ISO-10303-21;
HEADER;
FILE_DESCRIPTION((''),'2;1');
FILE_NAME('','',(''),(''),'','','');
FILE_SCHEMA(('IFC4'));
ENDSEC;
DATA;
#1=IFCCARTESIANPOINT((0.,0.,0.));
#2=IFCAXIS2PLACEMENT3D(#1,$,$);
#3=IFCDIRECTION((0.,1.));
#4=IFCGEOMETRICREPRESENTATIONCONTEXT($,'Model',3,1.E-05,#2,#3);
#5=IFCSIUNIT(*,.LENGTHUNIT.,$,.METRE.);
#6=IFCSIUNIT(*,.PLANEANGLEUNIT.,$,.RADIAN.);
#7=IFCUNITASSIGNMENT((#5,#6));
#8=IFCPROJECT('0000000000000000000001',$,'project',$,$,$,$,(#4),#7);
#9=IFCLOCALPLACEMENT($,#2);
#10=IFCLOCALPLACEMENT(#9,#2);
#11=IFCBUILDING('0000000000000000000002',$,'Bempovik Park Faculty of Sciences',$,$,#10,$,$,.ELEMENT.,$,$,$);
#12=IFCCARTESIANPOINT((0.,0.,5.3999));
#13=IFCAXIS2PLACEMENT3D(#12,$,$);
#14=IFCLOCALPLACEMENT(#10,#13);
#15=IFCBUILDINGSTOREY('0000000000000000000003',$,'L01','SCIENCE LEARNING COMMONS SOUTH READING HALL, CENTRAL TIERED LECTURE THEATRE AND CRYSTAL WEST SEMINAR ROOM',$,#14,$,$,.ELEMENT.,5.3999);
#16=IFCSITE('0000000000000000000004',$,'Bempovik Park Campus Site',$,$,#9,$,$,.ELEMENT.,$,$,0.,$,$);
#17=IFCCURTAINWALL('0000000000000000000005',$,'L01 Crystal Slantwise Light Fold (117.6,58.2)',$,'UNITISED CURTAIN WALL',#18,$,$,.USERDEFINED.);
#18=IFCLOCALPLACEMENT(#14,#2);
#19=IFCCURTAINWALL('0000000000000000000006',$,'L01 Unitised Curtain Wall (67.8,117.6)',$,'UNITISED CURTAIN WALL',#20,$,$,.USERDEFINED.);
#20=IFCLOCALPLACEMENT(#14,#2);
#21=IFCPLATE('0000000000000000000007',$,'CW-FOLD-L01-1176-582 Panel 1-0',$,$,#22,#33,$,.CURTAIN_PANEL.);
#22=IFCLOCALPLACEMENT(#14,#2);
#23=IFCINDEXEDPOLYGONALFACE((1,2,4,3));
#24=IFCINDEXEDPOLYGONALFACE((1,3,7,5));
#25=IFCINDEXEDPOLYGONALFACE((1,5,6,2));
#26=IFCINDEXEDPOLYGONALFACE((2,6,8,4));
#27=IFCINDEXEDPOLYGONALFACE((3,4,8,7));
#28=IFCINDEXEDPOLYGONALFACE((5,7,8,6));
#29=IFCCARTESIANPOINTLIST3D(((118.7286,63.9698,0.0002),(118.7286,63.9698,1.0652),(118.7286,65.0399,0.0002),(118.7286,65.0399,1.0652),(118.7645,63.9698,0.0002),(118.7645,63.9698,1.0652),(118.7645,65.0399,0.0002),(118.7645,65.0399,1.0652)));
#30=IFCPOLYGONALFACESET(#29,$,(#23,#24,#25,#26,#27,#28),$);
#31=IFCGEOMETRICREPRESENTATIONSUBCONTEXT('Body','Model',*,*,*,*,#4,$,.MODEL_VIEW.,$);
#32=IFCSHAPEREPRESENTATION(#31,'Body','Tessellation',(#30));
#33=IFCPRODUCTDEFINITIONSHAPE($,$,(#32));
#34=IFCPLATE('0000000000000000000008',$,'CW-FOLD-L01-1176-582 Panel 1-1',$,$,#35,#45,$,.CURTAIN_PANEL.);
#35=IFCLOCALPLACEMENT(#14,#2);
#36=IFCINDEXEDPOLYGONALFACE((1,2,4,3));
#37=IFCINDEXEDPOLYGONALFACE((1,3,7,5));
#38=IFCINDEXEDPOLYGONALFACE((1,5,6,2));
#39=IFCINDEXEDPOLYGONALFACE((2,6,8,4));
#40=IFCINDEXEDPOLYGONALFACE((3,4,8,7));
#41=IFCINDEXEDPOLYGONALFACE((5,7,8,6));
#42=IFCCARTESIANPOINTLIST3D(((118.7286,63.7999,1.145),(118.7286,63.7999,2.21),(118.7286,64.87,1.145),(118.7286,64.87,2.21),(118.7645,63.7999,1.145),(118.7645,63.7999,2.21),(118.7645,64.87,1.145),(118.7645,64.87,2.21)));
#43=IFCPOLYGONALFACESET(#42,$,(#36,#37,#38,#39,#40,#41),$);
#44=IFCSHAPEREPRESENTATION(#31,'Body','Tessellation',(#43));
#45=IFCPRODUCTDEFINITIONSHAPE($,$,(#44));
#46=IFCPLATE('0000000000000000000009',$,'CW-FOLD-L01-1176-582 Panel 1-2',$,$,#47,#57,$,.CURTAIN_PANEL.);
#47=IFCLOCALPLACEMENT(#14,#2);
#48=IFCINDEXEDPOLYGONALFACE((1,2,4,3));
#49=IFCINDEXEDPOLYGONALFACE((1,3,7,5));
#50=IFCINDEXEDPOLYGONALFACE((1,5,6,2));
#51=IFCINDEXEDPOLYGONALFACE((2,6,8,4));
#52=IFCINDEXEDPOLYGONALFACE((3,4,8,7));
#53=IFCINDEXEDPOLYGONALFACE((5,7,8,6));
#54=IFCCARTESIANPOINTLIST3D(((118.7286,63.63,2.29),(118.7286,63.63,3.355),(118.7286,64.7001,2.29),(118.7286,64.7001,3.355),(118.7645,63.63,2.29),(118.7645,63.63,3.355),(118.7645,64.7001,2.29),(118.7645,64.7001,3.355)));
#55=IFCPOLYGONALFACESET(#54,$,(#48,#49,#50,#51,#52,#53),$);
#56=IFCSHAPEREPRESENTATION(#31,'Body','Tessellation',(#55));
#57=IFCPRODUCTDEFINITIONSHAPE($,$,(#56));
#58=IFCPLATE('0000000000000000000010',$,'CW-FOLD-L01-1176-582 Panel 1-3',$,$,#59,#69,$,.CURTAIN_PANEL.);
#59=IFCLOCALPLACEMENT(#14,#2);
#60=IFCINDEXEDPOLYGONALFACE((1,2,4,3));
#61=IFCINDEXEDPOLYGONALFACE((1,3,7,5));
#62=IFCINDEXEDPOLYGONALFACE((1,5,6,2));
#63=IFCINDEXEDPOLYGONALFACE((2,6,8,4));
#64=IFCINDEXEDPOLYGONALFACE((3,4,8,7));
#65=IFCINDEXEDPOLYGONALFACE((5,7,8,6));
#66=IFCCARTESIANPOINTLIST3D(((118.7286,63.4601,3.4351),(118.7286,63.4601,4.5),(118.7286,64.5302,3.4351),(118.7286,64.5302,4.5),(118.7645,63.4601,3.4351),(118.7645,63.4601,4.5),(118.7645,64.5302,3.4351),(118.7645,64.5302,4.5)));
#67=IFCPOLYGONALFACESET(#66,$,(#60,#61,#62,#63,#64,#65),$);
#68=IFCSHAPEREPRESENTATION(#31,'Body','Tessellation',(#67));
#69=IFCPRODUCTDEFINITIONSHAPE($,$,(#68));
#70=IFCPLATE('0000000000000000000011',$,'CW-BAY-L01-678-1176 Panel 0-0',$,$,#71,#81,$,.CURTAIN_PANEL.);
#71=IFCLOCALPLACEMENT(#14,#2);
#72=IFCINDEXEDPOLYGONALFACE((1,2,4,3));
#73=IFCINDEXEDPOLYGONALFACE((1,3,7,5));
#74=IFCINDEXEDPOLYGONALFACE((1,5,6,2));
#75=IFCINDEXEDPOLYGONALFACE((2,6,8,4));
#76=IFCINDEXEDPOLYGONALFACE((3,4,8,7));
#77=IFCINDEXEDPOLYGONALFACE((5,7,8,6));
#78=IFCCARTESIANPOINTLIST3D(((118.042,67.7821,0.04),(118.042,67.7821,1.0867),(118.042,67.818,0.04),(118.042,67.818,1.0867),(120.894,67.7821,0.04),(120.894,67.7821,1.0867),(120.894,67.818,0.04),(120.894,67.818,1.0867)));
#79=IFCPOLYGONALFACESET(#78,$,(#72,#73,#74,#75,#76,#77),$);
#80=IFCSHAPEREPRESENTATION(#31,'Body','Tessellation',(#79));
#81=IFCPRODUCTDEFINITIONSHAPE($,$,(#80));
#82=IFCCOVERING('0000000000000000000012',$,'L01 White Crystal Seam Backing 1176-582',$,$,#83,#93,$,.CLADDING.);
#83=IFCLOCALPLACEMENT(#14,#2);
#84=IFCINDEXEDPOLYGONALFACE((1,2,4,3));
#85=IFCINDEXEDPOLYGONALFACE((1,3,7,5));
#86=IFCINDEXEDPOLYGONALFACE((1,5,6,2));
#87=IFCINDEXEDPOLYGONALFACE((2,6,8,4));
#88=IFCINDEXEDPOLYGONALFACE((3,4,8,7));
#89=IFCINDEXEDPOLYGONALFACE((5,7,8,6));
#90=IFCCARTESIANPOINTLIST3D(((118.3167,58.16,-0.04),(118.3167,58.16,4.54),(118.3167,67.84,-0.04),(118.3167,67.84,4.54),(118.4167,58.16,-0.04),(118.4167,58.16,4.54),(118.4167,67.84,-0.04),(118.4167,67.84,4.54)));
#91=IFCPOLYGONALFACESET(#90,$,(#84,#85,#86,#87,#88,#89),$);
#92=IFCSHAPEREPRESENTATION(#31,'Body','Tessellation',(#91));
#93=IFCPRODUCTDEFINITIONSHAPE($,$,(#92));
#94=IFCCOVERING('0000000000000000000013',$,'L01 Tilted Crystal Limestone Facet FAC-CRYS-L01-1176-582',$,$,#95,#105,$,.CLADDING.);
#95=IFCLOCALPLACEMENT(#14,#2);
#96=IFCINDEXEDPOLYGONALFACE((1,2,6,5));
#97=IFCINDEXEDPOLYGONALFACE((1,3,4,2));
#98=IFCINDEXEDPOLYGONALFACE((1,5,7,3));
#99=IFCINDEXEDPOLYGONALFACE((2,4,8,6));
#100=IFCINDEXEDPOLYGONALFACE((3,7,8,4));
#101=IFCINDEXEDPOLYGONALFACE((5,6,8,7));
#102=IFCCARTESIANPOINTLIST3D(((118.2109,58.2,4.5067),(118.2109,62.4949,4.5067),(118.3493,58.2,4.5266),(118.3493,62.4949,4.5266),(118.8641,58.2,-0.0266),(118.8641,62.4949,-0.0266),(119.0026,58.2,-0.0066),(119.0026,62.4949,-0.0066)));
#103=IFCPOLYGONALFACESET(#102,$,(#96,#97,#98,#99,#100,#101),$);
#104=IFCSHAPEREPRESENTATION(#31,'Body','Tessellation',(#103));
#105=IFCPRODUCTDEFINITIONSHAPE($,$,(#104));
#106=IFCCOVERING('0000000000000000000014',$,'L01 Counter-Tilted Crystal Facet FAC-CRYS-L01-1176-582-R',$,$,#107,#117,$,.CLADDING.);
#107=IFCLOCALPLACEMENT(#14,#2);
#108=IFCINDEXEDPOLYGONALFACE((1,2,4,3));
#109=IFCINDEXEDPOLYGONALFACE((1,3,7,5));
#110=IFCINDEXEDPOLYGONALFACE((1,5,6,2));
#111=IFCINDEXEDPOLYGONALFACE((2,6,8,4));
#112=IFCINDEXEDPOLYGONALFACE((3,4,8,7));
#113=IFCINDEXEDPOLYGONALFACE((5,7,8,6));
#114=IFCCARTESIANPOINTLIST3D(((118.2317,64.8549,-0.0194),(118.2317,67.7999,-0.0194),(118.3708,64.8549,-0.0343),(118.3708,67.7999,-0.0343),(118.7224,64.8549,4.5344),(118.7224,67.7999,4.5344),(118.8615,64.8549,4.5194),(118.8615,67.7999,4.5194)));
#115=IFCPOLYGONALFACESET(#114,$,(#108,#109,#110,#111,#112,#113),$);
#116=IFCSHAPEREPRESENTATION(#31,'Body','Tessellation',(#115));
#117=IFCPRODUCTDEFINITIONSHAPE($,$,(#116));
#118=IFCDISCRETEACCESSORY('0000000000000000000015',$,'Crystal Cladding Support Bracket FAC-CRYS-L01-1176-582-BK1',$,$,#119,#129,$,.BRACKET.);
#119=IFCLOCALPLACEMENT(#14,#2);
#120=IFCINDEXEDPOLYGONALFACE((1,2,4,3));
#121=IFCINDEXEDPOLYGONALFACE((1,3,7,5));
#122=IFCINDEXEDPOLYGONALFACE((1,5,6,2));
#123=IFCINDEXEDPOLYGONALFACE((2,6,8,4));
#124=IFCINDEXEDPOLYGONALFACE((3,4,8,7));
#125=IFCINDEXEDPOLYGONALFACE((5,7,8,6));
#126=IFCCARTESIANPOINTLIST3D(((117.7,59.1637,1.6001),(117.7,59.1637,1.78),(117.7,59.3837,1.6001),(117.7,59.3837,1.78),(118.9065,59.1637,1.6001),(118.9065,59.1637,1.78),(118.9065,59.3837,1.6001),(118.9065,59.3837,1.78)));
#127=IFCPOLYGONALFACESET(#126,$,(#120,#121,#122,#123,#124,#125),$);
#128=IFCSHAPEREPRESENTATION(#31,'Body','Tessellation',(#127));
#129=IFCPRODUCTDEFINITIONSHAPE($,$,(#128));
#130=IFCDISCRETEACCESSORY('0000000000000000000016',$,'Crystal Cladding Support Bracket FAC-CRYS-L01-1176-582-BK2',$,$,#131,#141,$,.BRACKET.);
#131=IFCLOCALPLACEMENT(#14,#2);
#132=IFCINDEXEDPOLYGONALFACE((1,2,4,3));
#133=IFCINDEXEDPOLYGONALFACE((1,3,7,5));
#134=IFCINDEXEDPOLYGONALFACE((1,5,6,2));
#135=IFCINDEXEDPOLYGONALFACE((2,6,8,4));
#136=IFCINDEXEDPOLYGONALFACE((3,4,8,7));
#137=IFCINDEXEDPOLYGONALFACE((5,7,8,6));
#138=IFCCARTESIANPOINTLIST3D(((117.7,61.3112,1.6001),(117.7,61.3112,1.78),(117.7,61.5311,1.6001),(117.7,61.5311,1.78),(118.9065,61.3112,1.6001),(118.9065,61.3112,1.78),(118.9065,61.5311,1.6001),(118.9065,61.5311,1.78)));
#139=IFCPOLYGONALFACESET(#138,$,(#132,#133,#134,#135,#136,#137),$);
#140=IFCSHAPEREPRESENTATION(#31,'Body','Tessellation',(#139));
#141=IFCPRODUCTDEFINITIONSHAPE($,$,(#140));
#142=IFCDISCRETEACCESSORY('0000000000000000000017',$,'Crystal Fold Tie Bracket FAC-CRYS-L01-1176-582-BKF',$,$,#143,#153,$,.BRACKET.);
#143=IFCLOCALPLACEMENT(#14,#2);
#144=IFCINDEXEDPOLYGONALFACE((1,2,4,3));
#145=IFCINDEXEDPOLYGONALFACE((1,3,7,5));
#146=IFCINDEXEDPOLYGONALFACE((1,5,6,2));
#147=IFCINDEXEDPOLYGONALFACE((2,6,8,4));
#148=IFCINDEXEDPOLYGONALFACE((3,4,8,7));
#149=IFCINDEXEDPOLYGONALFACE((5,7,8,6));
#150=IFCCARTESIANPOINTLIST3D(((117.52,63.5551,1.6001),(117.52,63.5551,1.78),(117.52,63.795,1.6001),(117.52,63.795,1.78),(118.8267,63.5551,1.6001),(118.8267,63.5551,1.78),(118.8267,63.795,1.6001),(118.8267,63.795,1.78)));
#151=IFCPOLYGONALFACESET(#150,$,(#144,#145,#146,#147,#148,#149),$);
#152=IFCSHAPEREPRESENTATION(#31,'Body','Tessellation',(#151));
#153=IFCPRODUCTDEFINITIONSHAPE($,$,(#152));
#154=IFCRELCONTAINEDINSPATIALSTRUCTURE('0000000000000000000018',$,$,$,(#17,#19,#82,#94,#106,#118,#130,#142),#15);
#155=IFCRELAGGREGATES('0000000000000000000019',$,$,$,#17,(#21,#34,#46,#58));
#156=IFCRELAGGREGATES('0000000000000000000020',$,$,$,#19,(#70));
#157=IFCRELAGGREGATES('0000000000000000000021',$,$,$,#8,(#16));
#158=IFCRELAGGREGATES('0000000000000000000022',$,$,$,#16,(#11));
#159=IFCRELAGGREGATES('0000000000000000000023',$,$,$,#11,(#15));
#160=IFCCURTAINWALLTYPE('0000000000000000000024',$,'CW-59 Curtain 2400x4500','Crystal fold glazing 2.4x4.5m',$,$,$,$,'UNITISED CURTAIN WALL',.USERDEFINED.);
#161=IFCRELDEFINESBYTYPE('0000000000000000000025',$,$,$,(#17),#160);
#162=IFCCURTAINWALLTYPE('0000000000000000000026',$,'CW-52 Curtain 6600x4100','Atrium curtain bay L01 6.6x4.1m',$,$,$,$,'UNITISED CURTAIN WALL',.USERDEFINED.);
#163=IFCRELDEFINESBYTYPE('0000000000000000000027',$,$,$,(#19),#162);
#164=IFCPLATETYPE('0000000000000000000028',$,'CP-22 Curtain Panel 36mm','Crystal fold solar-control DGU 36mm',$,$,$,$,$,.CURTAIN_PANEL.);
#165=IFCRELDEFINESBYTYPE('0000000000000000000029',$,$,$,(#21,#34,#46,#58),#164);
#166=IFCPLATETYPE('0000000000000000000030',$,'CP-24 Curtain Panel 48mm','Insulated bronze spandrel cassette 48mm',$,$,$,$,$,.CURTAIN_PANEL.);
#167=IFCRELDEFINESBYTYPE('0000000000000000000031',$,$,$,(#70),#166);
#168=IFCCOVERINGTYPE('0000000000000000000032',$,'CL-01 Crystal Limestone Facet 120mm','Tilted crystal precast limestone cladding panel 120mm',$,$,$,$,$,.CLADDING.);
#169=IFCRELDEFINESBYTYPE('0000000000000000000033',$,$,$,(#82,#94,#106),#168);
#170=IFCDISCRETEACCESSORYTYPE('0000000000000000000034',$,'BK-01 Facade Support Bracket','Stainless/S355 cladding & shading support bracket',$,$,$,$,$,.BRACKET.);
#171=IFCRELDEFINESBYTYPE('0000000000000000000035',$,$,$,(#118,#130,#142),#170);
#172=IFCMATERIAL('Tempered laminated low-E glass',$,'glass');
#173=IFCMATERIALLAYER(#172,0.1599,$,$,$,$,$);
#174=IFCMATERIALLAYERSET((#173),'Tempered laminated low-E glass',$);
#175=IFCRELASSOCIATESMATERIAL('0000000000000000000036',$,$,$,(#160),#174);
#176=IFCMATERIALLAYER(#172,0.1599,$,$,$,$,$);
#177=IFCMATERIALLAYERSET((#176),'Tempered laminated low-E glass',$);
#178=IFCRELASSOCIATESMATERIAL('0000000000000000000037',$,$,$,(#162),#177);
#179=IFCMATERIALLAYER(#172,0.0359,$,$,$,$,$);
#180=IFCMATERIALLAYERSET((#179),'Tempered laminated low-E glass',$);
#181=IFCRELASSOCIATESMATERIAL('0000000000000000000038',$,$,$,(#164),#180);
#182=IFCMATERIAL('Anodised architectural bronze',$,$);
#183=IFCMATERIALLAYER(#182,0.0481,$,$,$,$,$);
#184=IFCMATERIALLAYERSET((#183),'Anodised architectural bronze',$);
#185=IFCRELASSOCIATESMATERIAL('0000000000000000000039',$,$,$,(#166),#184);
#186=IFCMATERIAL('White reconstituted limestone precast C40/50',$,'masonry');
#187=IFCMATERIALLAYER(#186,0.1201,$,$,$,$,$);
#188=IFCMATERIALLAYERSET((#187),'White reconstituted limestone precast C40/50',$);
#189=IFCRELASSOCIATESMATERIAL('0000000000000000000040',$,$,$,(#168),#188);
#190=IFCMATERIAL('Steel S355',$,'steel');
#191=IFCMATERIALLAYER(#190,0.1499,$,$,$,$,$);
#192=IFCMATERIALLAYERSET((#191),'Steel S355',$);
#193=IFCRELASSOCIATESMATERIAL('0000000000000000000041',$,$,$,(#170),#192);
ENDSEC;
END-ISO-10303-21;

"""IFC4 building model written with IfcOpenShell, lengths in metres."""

from ifc_helpers import new_model, si_unit, direction, frame, origin, origin_2d, place, context, subcontext, project, spatial, rectangle, extrude, material, layer, layer_set, type_object, element, aggregate, save


model = new_model("IFC4")

# Units and contexts
model_context = context("Model", 3, precision=1e-05, world=origin(), true_north=direction((0.0, 1.0)))
body_context = subcontext(model_context, "Body", "Model", "MODEL_VIEW")
ifc_project = project(units=[si_unit("LENGTHUNIT", "METRE"), si_unit("PLANEANGLEUNIT", "RADIAN")], contexts=[model_context])

# Site, building, storey
site_placement = place(None, origin())
site = spatial("IfcSite", under=ifc_project, at=site_placement, Name="Bempovik Park Campus Site", CompositionType="ELEMENT", RefElevation=0.0)
building_placement = place(site_placement, origin())
building = spatial("IfcBuilding", under=site, at=building_placement, Name="Bempovik Park Faculty of Sciences", CompositionType="ELEMENT")
storey_placement = place(building_placement, frame((0.0, 0.0, 5.3999)))
storey = spatial("IfcBuildingStorey", under=building, at=storey_placement, Name="L01", Description="SCIENCE LEARNING COMMONS SOUTH READING HALL, CENTRAL TIERED LECTURE THEATRE AND CRYSTAL WEST SEMINAR ROOM", CompositionType="ELEMENT", Elevation=5.3999)

# Curtain wall
ifc_material_1 = material(Name="Tempered laminated low-E glass", Category="glass")
ifc_layer_1 = layer(ifc_material_1, 0.1599)
ifc_layer_set_1 = layer_set([ifc_layer_1], Name="Tempered laminated low-E glass")
curtain_wall_type_1 = type_object("IfcCurtainWallType", Name="CW-59 Curtain 2400x4500", Description="Crystal fold glazing 2.4x4.5m", ElementType="UNITISED CURTAIN WALL", PredefinedType="USERDEFINED", material=ifc_layer_set_1)
curtain_wall_1_placement = place(storey_placement, origin())
curtain_wall_1 = element("IfcCurtainWall", 1, at=curtain_wall_1_placement, inside=storey, type_object=curtain_wall_type_1, Name="L01 Crystal Slantwise Light Fold (117.6,58.2)", ObjectType="UNITISED CURTAIN WALL", PredefinedType="USERDEFINED")

# Curtain wall
ifc_layer_2 = layer(ifc_material_1, 0.1599)
ifc_layer_set_2 = layer_set([ifc_layer_2], Name="Tempered laminated low-E glass")
curtain_wall_type_2 = type_object("IfcCurtainWallType", Name="CW-52 Curtain 6600x4100", Description="Atrium curtain bay L01 6.6x4.1m", ElementType="UNITISED CURTAIN WALL", PredefinedType="USERDEFINED", material=ifc_layer_set_2)
curtain_wall_2_placement = place(storey_placement, origin())
curtain_wall_2 = element("IfcCurtainWall", 2, at=curtain_wall_2_placement, inside=storey, type_object=curtain_wall_type_2, Name="L01 Unitised Curtain Wall (67.8,117.6)", ObjectType="UNITISED CURTAIN WALL", PredefinedType="USERDEFINED")

# Plates
ifc_layer_3 = layer(ifc_material_1, 0.0359)
ifc_layer_set_3 = layer_set([ifc_layer_3], Name="Tempered laminated low-E glass")
plate_type_1 = type_object("IfcPlateType", Name="CP-22 Curtain Panel 36mm", Description="Crystal fold solar-control DGU 36mm", PredefinedType="CURTAIN_PANEL", material=ifc_layer_set_3)
plate_1_placement = place(storey_placement, frame((118.7466, 64.5049, 0.0002), z_axis=(0.0, 0.0, 1.0), x_axis=(0.0, 1.0, 0.0)))
plate_1 = element("IfcPlate", 3, at=plate_1_placement, type_object=plate_type_1, Name="CW-FOLD-L01-1176-582 Panel 1-0", PredefinedType="CURTAIN_PANEL", context=body_context, shape_type="SweptSolid", body=[
    extrude(rectangle(XDim=1.0701, YDim=0.0359, at=origin_2d()), origin(), (0.0, 0.0, 1.0), 1.0649),
])
plate_2_placement = place(storey_placement, frame((118.7466, 64.335, 1.145), z_axis=(0.0, 0.0, 1.0), x_axis=(0.0, 1.0, 0.0)))
plate_2 = element("IfcPlate", 4, at=plate_2_placement, type_object=plate_type_1, Name="CW-FOLD-L01-1176-582 Panel 1-1", PredefinedType="CURTAIN_PANEL", context=body_context, shape_type="SweptSolid", body=[
    extrude(rectangle(XDim=1.0701, YDim=0.0359, at=origin_2d()), origin(), (0.0, 0.0, 1.0), 1.0649),
])
plate_3_placement = place(storey_placement, frame((118.7466, 64.165, 2.29), z_axis=(0.0, 0.0, 1.0), x_axis=(0.0, 1.0, 0.0)))
plate_3 = element("IfcPlate", 5, at=plate_3_placement, type_object=plate_type_1, Name="CW-FOLD-L01-1176-582 Panel 1-2", PredefinedType="CURTAIN_PANEL", context=body_context, shape_type="SweptSolid", body=[
    extrude(rectangle(XDim=1.0701, YDim=0.0359, at=origin_2d()), origin(), (0.0, 0.0, 1.0), 1.0649),
])
plate_4_placement = place(storey_placement, frame((118.7466, 63.9951, 3.4351), z_axis=(0.0, 0.0, 1.0), x_axis=(0.0, 1.0, 0.0)))
plate_4 = element("IfcPlate", 6, at=plate_4_placement, type_object=plate_type_1, Name="CW-FOLD-L01-1176-582 Panel 1-3", PredefinedType="CURTAIN_PANEL", context=body_context, shape_type="SweptSolid", body=[
    extrude(rectangle(XDim=1.0701, YDim=0.0359, at=origin_2d()), origin(), (0.0, 0.0, 1.0), 1.0649),
])
aggregate(curtain_wall_1, [plate_1, plate_2, plate_3, plate_4])
ifc_material_2 = material(Name="Anodised architectural bronze")
ifc_layer_4 = layer(ifc_material_2, 0.0481)
ifc_layer_set_4 = layer_set([ifc_layer_4], Name="Anodised architectural bronze")
plate_type_2 = type_object("IfcPlateType", Name="CP-24 Curtain Panel 48mm", Description="Insulated bronze spandrel cassette 48mm", PredefinedType="CURTAIN_PANEL", material=ifc_layer_set_4)
plate_5_placement = place(storey_placement, frame((119.468, 67.8, 0.04), z_axis=(0.0, 0.0, 1.0), x_axis=(1.0, 0.0, 0.0)))
plate_5 = element("IfcPlate", 7, at=plate_5_placement, type_object=plate_type_2, Name="CW-BAY-L01-678-1176 Panel 0-0", PredefinedType="CURTAIN_PANEL", context=body_context, shape_type="SweptSolid", body=[
    extrude(rectangle(XDim=2.8521, YDim=0.0359, at=origin_2d()), origin(), (0.0, 0.0, 1.0), 1.0466),
])
aggregate(curtain_wall_2, [plate_5])

# Coverings
ifc_material_3 = material(Name="White reconstituted limestone precast C40/50", Category="masonry")
ifc_layer_5 = layer(ifc_material_3, 0.1201)
ifc_layer_set_5 = layer_set([ifc_layer_5], Name="White reconstituted limestone precast C40/50")
covering_type = type_object("IfcCoveringType", Name="CL-01 Crystal Limestone Facet 120mm", Description="Tilted crystal precast limestone cladding panel 120mm", PredefinedType="CLADDING", material=ifc_layer_set_5)
covering_1_placement = place(storey_placement, frame((118.3667, 63.0, -0.04), z_axis=(0.0, 0.0, 1.0), x_axis=(1.0, 0.0, 0.0)))
element("IfcCovering", 8, at=covering_1_placement, inside=storey, type_object=covering_type, Name="L01 White Crystal Seam Backing 1176-582", PredefinedType="CLADDING", context=body_context, shape_type="SweptSolid", body=[
    extrude(rectangle(XDim=0.1001, YDim=9.6799, at=origin_2d()), origin(), (0.0, 0.0, 1.0), 4.5801),
])
covering_2_placement = place(storey_placement, frame((118.9333, 60.3474, -0.0166), z_axis=(-0.142629, 0.0, 0.989776), x_axis=(0.0, 1.0, 0.0)))
element("IfcCovering", 9, at=covering_2_placement, inside=storey, type_object=covering_type, Name="L01 Tilted Crystal Limestone Facet FAC-CRYS-L01-1176-582", PredefinedType="CLADDING", context=body_context, shape_type="SweptSolid", body=[
    extrude(rectangle(XDim=4.2949, YDim=0.1399, at=origin_2d()), origin(), (0.0, 0.0, 1.0), 4.5801),
])
covering_3_placement = place(storey_placement, frame((118.3013, 66.3274, -0.0269), z_axis=(0.107132, 0.0, 0.994245), x_axis=(0.0, 1.0, 0.0)))
element("IfcCovering", 10, at=covering_3_placement, inside=storey, type_object=covering_type, Name="L01 Counter-Tilted Crystal Facet FAC-CRYS-L01-1176-582-R", PredefinedType="CLADDING", context=body_context, shape_type="SweptSolid", body=[
    extrude(rectangle(XDim=2.9451, YDim=0.1399, at=origin_2d()), origin(), (0.0, 0.0, 1.0), 4.5801),
])

# Discrete accessories
ifc_material_4 = material(Name="Steel S355", Category="steel")
ifc_layer_6 = layer(ifc_material_4, 0.1499)
ifc_layer_set_6 = layer_set([ifc_layer_6], Name="Steel S355")
discrete_accessory_type = type_object("IfcDiscreteAccessoryType", Name="BK-01 Facade Support Bracket", Description="Stainless/S355 cladding & shading support bracket", PredefinedType="BRACKET", material=ifc_layer_set_6)
for number, where, z_axis, x_axis, name in (
    (11, (118.3032, 59.2737, 1.6001), (0.0, 0.0, 1.0), (1.0, 0.0, 0.0), "Crystal Cladding Support Bracket FAC-CRYS-L01-1176-582-BK1"),
    (12, (118.3032, 61.4211, 1.6001), (0.0, 0.0, 1.0), (1.0, 0.0, 0.0), "Crystal Cladding Support Bracket FAC-CRYS-L01-1176-582-BK2"),
):
    element("IfcDiscreteAccessory", number, at=place(storey_placement, frame(where, z_axis=z_axis, x_axis=x_axis)), inside=storey, type_object=discrete_accessory_type, Name=name, PredefinedType="BRACKET", context=body_context, shape_type="SweptSolid", body=[
        extrude(rectangle(XDim=1.2065, YDim=0.22, at=origin_2d()), origin(), (0.0, 0.0, 1.0), 0.1799),
    ])
discrete_accessory_placement = place(storey_placement, frame((118.1733, 63.675, 1.6001), z_axis=(0.0, 0.0, 1.0), x_axis=(1.0, 0.0, 0.0)))
element("IfcDiscreteAccessory", 13, at=discrete_accessory_placement, inside=storey, type_object=discrete_accessory_type, Name="Crystal Fold Tie Bracket FAC-CRYS-L01-1176-582-BKF", PredefinedType="BRACKET", context=body_context, shape_type="SweptSolid", body=[
    extrude(rectangle(XDim=1.3066, YDim=0.24, at=origin_2d()), origin(), (0.0, 0.0, 1.0), 0.1799),
])

save(model, "model.ifc")
